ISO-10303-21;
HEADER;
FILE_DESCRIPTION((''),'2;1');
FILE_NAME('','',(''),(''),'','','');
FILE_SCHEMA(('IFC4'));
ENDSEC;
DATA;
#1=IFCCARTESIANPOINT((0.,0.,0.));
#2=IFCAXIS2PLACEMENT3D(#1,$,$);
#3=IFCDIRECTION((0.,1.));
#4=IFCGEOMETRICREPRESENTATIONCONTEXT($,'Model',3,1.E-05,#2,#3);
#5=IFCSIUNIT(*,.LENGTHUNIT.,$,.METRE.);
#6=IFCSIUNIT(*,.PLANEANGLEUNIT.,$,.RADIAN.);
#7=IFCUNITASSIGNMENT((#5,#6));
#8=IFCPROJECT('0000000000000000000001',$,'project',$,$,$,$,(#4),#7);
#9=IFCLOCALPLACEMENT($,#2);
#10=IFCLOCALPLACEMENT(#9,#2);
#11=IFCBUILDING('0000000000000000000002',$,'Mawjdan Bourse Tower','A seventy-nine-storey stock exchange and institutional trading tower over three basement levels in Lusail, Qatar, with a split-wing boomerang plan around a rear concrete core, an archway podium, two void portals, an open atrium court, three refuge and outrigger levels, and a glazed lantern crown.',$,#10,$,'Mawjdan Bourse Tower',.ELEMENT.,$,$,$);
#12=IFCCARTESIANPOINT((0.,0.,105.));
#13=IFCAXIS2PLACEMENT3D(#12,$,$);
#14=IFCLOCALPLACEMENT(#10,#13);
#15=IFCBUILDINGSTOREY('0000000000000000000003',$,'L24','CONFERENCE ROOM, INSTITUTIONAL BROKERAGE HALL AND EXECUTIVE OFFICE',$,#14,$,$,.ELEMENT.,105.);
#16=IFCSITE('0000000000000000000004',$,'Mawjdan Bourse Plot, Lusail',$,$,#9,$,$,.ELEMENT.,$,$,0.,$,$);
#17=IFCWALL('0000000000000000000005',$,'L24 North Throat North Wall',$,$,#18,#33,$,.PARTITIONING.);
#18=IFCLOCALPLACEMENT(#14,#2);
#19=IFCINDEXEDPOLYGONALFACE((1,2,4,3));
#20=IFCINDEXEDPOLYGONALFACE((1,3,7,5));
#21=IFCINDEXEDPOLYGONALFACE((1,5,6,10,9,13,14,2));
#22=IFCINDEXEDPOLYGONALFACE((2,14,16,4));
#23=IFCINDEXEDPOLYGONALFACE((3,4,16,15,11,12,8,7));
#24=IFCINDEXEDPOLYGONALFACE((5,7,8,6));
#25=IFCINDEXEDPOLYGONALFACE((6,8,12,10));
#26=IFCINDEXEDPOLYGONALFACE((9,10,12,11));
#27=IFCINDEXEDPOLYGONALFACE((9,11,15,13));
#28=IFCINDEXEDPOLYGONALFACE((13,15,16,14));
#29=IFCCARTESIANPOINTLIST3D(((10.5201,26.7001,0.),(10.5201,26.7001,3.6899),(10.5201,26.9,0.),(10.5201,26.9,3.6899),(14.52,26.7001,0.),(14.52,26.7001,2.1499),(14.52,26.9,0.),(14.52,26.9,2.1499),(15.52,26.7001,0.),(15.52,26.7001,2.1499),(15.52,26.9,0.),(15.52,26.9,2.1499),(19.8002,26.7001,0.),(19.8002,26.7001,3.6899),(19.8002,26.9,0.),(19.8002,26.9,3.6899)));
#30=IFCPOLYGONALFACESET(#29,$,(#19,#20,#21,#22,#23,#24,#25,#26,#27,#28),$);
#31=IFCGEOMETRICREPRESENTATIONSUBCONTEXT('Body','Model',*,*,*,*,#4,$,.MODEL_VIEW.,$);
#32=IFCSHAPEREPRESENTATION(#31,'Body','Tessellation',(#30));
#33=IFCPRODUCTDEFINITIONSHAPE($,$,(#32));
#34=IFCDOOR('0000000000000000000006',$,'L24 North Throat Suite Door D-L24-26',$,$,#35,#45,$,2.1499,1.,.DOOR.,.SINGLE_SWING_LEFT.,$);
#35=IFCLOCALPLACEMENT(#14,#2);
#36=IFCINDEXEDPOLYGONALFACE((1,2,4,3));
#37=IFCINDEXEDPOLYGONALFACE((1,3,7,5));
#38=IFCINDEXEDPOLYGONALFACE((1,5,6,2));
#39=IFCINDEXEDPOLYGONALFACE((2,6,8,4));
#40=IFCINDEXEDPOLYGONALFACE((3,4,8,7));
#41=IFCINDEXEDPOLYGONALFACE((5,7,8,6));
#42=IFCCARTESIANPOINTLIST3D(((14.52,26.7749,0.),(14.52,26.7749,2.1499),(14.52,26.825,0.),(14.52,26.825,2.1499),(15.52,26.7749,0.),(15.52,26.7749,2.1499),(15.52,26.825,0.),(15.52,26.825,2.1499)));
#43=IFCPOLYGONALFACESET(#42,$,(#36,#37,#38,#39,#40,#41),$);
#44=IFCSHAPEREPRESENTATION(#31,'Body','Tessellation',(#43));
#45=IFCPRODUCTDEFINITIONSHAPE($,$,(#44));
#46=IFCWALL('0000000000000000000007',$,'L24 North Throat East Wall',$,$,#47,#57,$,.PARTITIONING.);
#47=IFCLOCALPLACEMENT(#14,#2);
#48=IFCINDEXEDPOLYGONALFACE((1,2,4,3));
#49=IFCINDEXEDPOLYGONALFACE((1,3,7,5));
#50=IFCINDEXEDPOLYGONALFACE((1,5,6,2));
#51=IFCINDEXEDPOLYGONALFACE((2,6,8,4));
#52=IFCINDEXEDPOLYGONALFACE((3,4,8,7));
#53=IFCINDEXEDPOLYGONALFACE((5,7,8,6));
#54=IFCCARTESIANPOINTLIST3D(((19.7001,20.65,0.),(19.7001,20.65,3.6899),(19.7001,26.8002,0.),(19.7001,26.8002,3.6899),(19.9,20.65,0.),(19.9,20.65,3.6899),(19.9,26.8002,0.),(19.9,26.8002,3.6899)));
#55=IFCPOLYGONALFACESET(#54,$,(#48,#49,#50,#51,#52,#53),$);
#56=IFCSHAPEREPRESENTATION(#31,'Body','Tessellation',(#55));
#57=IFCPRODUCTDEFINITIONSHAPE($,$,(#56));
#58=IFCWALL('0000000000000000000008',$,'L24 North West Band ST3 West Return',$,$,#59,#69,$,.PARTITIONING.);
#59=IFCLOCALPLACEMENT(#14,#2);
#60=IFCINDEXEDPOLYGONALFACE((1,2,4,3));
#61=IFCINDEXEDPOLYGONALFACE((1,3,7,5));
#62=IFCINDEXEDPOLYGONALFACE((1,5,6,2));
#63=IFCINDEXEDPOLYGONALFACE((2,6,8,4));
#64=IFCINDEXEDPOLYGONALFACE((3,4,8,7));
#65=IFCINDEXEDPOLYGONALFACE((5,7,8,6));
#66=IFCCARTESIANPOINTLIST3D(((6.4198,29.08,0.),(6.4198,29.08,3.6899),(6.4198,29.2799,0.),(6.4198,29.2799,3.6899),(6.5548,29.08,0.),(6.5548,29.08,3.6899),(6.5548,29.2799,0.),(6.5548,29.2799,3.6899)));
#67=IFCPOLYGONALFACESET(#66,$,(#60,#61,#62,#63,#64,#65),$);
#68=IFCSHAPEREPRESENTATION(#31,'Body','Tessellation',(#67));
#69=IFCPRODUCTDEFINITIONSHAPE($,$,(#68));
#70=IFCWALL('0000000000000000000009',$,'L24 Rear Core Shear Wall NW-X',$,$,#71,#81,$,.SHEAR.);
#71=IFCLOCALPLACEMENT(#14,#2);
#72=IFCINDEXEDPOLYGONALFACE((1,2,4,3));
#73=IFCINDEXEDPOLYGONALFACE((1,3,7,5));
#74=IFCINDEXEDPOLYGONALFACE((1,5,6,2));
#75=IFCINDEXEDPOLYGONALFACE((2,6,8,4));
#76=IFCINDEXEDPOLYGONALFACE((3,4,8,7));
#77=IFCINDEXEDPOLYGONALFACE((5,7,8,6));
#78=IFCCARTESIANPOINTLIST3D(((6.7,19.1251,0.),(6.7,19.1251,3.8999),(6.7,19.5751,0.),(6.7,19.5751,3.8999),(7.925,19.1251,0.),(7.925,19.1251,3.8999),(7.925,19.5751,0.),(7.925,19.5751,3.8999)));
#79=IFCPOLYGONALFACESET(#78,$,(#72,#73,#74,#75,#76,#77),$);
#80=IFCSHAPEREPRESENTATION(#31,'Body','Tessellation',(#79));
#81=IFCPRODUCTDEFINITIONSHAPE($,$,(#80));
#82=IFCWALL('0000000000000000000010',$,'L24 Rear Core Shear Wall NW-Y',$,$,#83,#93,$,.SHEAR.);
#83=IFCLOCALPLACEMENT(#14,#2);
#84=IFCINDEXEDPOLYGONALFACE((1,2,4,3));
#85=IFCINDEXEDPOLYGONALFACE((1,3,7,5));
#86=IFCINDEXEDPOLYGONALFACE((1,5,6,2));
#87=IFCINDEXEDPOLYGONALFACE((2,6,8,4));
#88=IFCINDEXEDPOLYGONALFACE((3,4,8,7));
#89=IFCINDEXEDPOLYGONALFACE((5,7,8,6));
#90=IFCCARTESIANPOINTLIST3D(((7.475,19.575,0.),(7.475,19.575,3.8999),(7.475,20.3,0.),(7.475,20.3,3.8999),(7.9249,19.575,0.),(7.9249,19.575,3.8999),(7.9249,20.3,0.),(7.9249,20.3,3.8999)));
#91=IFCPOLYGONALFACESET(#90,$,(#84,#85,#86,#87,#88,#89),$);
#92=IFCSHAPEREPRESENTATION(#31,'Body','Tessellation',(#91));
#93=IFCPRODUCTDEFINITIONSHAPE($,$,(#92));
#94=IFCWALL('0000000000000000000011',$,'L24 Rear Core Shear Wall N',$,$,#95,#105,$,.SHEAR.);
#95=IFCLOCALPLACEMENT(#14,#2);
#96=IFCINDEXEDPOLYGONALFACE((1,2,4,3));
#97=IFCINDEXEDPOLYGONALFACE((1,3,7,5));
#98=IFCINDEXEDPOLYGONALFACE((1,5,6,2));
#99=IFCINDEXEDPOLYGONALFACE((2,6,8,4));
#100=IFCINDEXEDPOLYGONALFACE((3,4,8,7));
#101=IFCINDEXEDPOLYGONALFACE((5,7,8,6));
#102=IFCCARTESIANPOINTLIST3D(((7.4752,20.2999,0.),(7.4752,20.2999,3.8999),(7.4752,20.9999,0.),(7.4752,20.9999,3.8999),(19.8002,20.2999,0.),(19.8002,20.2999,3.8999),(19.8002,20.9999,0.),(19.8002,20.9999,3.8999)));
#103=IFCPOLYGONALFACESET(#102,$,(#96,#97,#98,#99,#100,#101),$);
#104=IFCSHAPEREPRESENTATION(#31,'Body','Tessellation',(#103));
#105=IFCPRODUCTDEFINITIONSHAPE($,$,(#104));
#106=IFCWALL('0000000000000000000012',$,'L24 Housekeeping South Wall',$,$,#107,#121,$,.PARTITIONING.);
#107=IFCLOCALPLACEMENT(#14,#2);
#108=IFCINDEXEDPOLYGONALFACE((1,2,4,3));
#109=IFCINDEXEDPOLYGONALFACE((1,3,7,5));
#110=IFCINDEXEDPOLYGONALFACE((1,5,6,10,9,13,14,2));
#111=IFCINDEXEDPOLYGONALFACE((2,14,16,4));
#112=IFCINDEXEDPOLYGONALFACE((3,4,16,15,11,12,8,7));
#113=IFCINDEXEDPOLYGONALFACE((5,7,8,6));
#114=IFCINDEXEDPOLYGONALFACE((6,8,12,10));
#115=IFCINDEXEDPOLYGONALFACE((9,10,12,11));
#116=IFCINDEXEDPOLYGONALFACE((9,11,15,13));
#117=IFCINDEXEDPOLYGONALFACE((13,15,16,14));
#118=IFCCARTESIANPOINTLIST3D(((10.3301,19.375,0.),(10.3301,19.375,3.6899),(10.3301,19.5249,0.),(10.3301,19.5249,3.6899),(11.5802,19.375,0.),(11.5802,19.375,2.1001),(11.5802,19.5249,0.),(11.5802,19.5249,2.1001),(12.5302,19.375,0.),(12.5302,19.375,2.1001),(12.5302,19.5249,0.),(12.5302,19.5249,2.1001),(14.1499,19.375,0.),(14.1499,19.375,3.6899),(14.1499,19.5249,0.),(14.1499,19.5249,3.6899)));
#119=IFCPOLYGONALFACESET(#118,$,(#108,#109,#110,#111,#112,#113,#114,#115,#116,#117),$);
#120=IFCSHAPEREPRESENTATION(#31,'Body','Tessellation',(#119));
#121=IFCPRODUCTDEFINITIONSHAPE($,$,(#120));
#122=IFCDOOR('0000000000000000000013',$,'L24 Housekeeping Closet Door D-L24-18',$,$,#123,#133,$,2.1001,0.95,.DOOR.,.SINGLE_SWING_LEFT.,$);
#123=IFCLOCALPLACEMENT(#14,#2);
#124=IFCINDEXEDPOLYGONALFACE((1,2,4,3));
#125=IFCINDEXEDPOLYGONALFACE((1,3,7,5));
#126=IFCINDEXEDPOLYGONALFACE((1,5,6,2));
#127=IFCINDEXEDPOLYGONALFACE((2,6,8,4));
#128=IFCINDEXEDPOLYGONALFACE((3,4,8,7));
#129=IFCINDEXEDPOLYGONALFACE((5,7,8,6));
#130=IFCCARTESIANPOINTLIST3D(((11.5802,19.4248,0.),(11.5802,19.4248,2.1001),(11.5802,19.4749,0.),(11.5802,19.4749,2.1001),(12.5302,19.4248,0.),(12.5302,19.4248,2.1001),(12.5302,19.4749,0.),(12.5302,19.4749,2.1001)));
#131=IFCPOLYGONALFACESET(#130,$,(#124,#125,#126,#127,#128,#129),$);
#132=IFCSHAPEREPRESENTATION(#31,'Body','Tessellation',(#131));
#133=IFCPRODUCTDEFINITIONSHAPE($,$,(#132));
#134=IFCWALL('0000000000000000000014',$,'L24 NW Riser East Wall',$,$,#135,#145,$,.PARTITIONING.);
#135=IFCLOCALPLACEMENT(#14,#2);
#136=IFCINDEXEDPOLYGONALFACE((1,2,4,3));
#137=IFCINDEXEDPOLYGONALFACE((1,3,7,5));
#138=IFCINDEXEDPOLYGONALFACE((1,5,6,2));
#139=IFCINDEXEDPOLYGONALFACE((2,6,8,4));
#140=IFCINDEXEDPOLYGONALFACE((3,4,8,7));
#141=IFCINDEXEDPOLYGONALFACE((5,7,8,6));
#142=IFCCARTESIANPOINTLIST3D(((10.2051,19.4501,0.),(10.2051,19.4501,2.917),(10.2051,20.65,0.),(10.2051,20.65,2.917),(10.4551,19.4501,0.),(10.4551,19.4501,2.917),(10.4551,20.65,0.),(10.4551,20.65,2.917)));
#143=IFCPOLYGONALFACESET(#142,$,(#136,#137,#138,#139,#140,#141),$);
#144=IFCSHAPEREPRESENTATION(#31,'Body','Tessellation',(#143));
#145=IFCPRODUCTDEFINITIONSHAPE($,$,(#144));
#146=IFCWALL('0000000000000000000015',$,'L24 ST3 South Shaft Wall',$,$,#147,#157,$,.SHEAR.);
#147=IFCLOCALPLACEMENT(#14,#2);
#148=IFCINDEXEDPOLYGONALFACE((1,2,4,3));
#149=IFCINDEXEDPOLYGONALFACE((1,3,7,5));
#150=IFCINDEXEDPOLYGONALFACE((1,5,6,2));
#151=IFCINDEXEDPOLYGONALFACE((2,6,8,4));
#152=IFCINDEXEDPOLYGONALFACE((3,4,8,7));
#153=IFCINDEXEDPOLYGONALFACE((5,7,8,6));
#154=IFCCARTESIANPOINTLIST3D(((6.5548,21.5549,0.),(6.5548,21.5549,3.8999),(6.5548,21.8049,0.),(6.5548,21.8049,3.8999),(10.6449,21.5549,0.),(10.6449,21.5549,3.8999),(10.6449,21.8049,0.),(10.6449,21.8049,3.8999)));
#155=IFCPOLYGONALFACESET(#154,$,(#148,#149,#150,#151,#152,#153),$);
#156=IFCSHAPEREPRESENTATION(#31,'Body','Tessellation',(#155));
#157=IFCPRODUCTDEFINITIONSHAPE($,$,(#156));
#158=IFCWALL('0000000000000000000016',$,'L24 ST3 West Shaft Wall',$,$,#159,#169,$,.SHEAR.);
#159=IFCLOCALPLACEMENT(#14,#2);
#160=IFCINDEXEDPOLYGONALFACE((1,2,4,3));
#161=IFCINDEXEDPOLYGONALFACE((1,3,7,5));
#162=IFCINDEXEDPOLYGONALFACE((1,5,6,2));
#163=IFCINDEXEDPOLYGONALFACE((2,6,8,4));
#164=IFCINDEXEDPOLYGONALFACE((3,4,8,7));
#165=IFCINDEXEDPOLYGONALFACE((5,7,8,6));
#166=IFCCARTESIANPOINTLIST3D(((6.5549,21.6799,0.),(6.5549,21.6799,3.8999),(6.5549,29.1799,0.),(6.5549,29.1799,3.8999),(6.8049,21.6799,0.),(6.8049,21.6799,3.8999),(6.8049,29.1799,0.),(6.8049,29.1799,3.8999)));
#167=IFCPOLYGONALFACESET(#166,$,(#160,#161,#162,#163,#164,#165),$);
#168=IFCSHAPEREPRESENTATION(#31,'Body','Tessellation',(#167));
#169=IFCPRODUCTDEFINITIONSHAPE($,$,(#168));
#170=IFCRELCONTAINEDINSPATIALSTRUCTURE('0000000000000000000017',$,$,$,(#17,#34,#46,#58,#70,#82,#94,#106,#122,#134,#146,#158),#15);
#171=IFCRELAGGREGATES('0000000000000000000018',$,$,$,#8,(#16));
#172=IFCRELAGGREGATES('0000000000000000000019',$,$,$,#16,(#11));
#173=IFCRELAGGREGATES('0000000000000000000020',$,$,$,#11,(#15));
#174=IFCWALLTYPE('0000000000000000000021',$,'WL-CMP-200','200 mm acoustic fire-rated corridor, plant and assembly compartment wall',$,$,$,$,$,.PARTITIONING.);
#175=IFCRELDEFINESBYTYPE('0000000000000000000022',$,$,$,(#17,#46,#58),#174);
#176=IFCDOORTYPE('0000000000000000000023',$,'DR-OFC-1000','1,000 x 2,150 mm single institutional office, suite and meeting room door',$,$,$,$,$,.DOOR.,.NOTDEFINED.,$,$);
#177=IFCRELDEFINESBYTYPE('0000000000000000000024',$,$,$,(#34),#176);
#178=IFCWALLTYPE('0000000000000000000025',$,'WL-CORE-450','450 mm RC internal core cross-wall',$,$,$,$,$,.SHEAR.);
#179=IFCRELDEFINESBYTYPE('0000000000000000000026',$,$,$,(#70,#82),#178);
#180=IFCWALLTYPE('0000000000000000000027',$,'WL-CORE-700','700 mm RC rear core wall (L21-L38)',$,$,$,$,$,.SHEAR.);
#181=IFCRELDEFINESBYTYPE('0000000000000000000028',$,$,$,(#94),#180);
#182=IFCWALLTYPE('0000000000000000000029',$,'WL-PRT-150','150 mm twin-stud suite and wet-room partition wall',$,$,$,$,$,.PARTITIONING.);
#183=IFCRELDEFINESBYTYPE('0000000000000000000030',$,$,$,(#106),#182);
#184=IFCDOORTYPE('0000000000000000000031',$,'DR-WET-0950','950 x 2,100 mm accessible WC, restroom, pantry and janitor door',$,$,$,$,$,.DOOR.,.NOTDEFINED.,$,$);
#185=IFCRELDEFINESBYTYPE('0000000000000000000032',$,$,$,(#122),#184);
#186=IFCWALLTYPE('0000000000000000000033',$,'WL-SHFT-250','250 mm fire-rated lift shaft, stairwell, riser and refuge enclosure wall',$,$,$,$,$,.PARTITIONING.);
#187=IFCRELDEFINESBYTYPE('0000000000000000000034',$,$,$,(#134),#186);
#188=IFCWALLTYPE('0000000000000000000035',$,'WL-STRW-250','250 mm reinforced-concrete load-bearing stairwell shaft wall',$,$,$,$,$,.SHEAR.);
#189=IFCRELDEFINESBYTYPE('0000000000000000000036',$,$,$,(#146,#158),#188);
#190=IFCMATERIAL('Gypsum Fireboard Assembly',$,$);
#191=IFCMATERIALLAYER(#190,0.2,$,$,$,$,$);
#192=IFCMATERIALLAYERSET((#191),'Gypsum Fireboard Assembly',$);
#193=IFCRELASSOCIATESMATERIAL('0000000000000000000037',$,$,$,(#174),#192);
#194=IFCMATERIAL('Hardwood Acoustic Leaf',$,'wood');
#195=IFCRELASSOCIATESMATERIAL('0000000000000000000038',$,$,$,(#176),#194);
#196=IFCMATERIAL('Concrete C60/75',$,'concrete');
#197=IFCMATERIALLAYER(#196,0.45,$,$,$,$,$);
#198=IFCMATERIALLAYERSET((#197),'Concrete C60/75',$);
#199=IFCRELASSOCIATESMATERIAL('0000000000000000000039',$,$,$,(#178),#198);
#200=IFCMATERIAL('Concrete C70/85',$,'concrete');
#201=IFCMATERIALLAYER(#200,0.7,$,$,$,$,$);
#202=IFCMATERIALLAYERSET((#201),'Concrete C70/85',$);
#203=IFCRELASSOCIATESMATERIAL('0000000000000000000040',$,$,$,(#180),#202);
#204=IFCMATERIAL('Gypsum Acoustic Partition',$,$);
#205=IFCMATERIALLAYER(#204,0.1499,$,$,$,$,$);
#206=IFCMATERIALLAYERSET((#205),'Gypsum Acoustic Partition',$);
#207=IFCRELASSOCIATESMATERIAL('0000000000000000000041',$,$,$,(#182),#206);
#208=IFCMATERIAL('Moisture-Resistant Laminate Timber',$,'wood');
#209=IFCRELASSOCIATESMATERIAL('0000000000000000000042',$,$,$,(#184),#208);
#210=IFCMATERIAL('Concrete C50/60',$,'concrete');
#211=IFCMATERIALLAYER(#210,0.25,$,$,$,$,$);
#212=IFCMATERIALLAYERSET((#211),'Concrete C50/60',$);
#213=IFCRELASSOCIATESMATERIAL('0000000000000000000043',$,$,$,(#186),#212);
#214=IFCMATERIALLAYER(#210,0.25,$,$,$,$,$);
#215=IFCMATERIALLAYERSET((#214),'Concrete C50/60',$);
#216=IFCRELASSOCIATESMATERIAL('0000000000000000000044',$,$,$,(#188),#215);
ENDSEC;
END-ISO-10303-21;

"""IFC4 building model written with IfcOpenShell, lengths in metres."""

from ifc_helpers import new_model, si_unit, direction, frame, frame_2d, origin, place, context, subcontext, project, spatial, rectangle, extrude, material, layer, layer_set, type_object, element, fill, save


model = new_model("IFC4")

# Units and contexts
model_context = context("Model", 3, precision=1e-05, world=origin(), true_north=direction((0.0, 1.0)))
body_context = subcontext(model_context, "Body", "Model", "MODEL_VIEW")
ifc_project = project(units=[si_unit("LENGTHUNIT", "METRE"), si_unit("PLANEANGLEUNIT", "RADIAN")], contexts=[model_context])

# Site, building, storey
site_placement = place(None, origin())
site = spatial("IfcSite", under=ifc_project, at=site_placement, Name="Mawjdan Bourse Plot, Lusail", CompositionType="ELEMENT", RefElevation=0.0)
building_placement = place(site_placement, origin())
building = spatial("IfcBuilding", under=site, at=building_placement, Name="Mawjdan Bourse Tower", Description="A seventy-nine-storey stock exchange and institutional trading tower over three basement levels in Lusail, Qatar, with a split-wing boomerang plan around a rear concrete core, an archway podium, two void portals, an open atrium court, three refuge and outrigger levels, and a glazed lantern crown.", LongName="Mawjdan Bourse Tower", CompositionType="ELEMENT")
storey_placement = place(building_placement, frame((0.0, 0.0, 105.0)))
storey = spatial("IfcBuildingStorey", under=building, at=storey_placement, Name="L24", Description="CONFERENCE ROOM, INSTITUTIONAL BROKERAGE HALL AND EXECUTIVE OFFICE", CompositionType="ELEMENT", Elevation=105.0)

# Shared definitions
ifc_material_1 = material(Name="Concrete C70/85", Category="concrete")

# Wall, opening, door
ifc_material_2 = material(Name="Gypsum Fireboard Assembly")
ifc_layer_1 = layer(ifc_material_2, 0.2)
ifc_layer_set_1 = layer_set([ifc_layer_1], Name="Gypsum Fireboard Assembly")
wall_type_1 = type_object("IfcWallType", Name="WL-CMP-200", Description="200 mm acoustic fire-rated corridor, plant and assembly compartment wall", PredefinedType="PARTITIONING", material=ifc_layer_set_1)
wall_1_placement = place(storey_placement, frame((10.52, 26.8, 0.0), z_axis=(0.0, 0.0, 1.0), x_axis=(1.0, 0.0, 0.0)))
wall_1 = element("IfcWall", 1, at=wall_1_placement, inside=storey, type_object=wall_type_1, Name="L24 North Throat North Wall", PredefinedType="PARTITIONING", context=body_context, shape_type="SweptSolid", body=[
    extrude(rectangle(XDim=9.28, YDim=0.2, at=frame_2d((4.6401, 0.0))), origin(), (0.0, 0.0, 1.0), 3.6899),
])
opening_1_placement = place(wall_1_placement, frame((4.0, 0.0, 0.0)))
opening_1 = element("IfcOpeningElement", 2, at=opening_1_placement, cuts=wall_1, PredefinedType="OPENING", context=body_context, shape_type="SweptSolid", body=[
    extrude(rectangle(XDim=1.0, YDim=2.1499, at=frame_2d((0.5, 1.075))), frame((0.0, 0.1099, 0.0), z_axis=(0.0, -1.0, 0.0), x_axis=(1.0, 0.0, 0.0)), (0.0, 0.0, 1.0), 0.22),
])
ifc_material_3 = material(Name="Hardwood Acoustic Leaf", Category="wood")
door_type_1 = type_object("IfcDoorType", Name="DR-OFC-1000", Description="1,000 x 2,150 mm single institutional office, suite and meeting room door", OperationType="NOTDEFINED", PredefinedType="DOOR", material=ifc_material_3)
door_1_placement = place(opening_1_placement, origin())
door_1 = element("IfcDoor", 3, at=door_1_placement, inside=storey, type_object=door_type_1, Name="L24 North Throat Suite Door D-L24-26", OperationType="SINGLE_SWING_LEFT", OverallHeight=2.1499, OverallWidth=1.0, PredefinedType="DOOR", context=body_context, shape_type="SweptSolid", body=[
    extrude(rectangle(XDim=1.0, YDim=2.1499, at=frame_2d((0.5, 1.075))), frame((0.0, 0.0249, 0.0), z_axis=(0.0, -1.0, 0.0), x_axis=(1.0, 0.0, 0.0)), (0.0, 0.0, 1.0), 0.05),
])
fill(opening_1, door_1)

# Walls
wall_2_placement = place(storey_placement, frame((19.8, 20.6499, 0.0), z_axis=(0.0, 0.0, 1.0), x_axis=(0.0, 1.0, 0.0)))
element("IfcWall", 4, at=wall_2_placement, inside=storey, type_object=wall_type_1, Name="L24 North Throat East Wall", PredefinedType="PARTITIONING", context=body_context, shape_type="SweptSolid", body=[
    extrude(rectangle(XDim=6.1501, YDim=0.2, at=frame_2d((3.0752, 0.0))), origin(), (0.0, 0.0, 1.0), 3.6899),
])
wall_3_placement = place(storey_placement, frame((6.4199, 29.1799, 0.0), z_axis=(0.0, 0.0, 1.0), x_axis=(1.0, 0.0, 0.0)))
element("IfcWall", 5, at=wall_3_placement, inside=storey, type_object=wall_type_1, Name="L24 North West Band ST3 West Return", PredefinedType="PARTITIONING", context=body_context, shape_type="SweptSolid", body=[
    extrude(rectangle(XDim=0.135, YDim=0.2, at=frame_2d((0.0674, 0.0))), origin(), (0.0, 0.0, 1.0), 3.6899),
])
ifc_material_4 = material(Name="Concrete C60/75", Category="concrete")
ifc_layer_2 = layer(ifc_material_4, 0.45)
ifc_layer_set_2 = layer_set([ifc_layer_2], Name="Concrete C60/75")
wall_type_2 = type_object("IfcWallType", Name="WL-CORE-450", Description="450 mm RC internal core cross-wall", PredefinedType="SHEAR", material=ifc_layer_set_2)
wall_4_placement = place(storey_placement, frame((6.7, 19.3501, 0.0), z_axis=(0.0, 0.0, 1.0), x_axis=(1.0, 0.0, 0.0)))
element("IfcWall", 6, at=wall_4_placement, inside=storey, type_object=wall_type_2, Name="L24 Rear Core Shear Wall NW-X", PredefinedType="SHEAR", context=body_context, shape_type="SweptSolid", body=[
    extrude(rectangle(XDim=1.2251, YDim=0.45, at=frame_2d((0.6125, 0.0))), origin(), (0.0, 0.0, 1.0), 3.8999),
])
wall_5_placement = place(storey_placement, frame((7.7, 19.575, 0.0), z_axis=(0.0, 0.0, 1.0), x_axis=(0.0, 1.0, 0.0)))
element("IfcWall", 7, at=wall_5_placement, inside=storey, type_object=wall_type_2, Name="L24 Rear Core Shear Wall NW-Y", PredefinedType="SHEAR", context=body_context, shape_type="SweptSolid", body=[
    extrude(rectangle(XDim=0.7251, YDim=0.45, at=frame_2d((0.3625, 0.0))), origin(), (0.0, 0.0, 1.0), 3.8999),
])
ifc_layer_3 = layer(ifc_material_1, 0.7)
ifc_layer_set_3 = layer_set([ifc_layer_3], Name="Concrete C70/85")
wall_type_3 = type_object("IfcWallType", Name="WL-CORE-700", Description="700 mm RC rear core wall (L21-L38)", PredefinedType="SHEAR", material=ifc_layer_set_3)
wall_6_placement = place(storey_placement, frame((7.4751, 20.6499, 0.0), z_axis=(0.0, 0.0, 1.0), x_axis=(1.0, 0.0, 0.0)))
element("IfcWall", 8, at=wall_6_placement, inside=storey, type_object=wall_type_3, Name="L24 Rear Core Shear Wall N", PredefinedType="SHEAR", context=body_context, shape_type="SweptSolid", body=[
    extrude(rectangle(XDim=12.325, YDim=0.7, at=frame_2d((6.1626, 0.0))), origin(), (0.0, 0.0, 1.0), 3.8999),
])

# Wall, opening, door
ifc_material_5 = material(Name="Gypsum Acoustic Partition")
ifc_layer_4 = layer(ifc_material_5, 0.1499)
ifc_layer_set_4 = layer_set([ifc_layer_4], Name="Gypsum Acoustic Partition")
wall_type_4 = type_object("IfcWallType", Name="WL-PRT-150", Description="150 mm twin-stud suite and wet-room partition wall", PredefinedType="PARTITIONING", material=ifc_layer_set_4)
wall_7_placement = place(storey_placement, frame((10.3301, 19.45, 0.0), z_axis=(0.0, 0.0, 1.0), x_axis=(1.0, 0.0, 0.0)))
wall_7 = element("IfcWall", 9, at=wall_7_placement, inside=storey, type_object=wall_type_4, Name="L24 Housekeeping South Wall", PredefinedType="PARTITIONING", context=body_context, shape_type="SweptSolid", body=[
    extrude(rectangle(XDim=3.8198, YDim=0.1499, at=frame_2d((1.9099, 0.0))), origin(), (0.0, 0.0, 1.0), 3.6899),
])
opening_2_placement = place(wall_7_placement, frame((1.25, 0.0, 0.0)))
opening_2 = element("IfcOpeningElement", 10, at=opening_2_placement, cuts=wall_7, PredefinedType="OPENING", context=body_context, shape_type="SweptSolid", body=[
    extrude(rectangle(XDim=0.95, YDim=2.1001, at=frame_2d((0.4751, 1.05))), frame((0.0, 0.085, 0.0), z_axis=(0.0, -1.0, 0.0), x_axis=(1.0, 0.0, 0.0)), (0.0, 0.0, 1.0), 0.1699),
])
ifc_material_6 = material(Name="Moisture-Resistant Laminate Timber", Category="wood")
door_type_2 = type_object("IfcDoorType", Name="DR-WET-0950", Description="950 x 2,100 mm accessible WC, restroom, pantry and janitor door", OperationType="NOTDEFINED", PredefinedType="DOOR", material=ifc_material_6)
door_2_placement = place(opening_2_placement, origin())
door_2 = element("IfcDoor", 11, at=door_2_placement, inside=storey, type_object=door_type_2, Name="L24 Housekeeping Closet Door D-L24-18", OperationType="SINGLE_SWING_LEFT", OverallHeight=2.1001, OverallWidth=0.95, PredefinedType="DOOR", context=body_context, shape_type="SweptSolid", body=[
    extrude(rectangle(XDim=0.95, YDim=2.1001, at=frame_2d((0.4751, 1.05))), frame((0.0, 0.0249, 0.0), z_axis=(0.0, -1.0, 0.0), x_axis=(1.0, 0.0, 0.0)), (0.0, 0.0, 1.0), 0.05),
])
fill(opening_2, door_2)

# Walls
ifc_material_7 = material(Name="Concrete C50/60", Category="concrete")
ifc_layer_5 = layer(ifc_material_7, 0.25)
ifc_layer_set_5 = layer_set([ifc_layer_5], Name="Concrete C50/60")
wall_type_5 = type_object("IfcWallType", Name="WL-SHFT-250", Description="250 mm fire-rated lift shaft, stairwell, riser and refuge enclosure wall", PredefinedType="PARTITIONING", material=ifc_layer_set_5)
wall_8_placement = place(storey_placement, frame((10.3301, 19.45, 0.0), z_axis=(0.0, 0.0, 1.0), x_axis=(0.0, 1.0, 0.0)))
element("IfcWall", 12, at=wall_8_placement, inside=storey, type_object=wall_type_5, Name="L24 NW Riser East Wall", PredefinedType="PARTITIONING", context=body_context, shape_type="SweptSolid", body=[
    extrude(rectangle(XDim=1.2, YDim=0.25, at=frame_2d((0.6001, 0.0))), origin(), (0.0, 0.0, 1.0), 2.917),
])
ifc_layer_6 = layer(ifc_material_7, 0.25)
ifc_layer_set_6 = layer_set([ifc_layer_6], Name="Concrete C50/60")
wall_type_6 = type_object("IfcWallType", Name="WL-STRW-250", Description="250 mm reinforced-concrete load-bearing stairwell shaft wall", PredefinedType="SHEAR", material=ifc_layer_set_6)
wall_9_placement = place(storey_placement, frame((6.5549, 21.6799, 0.0), z_axis=(0.0, 0.0, 1.0), x_axis=(1.0, 0.0, 0.0)))
element("IfcWall", 13, at=wall_9_placement, inside=storey, type_object=wall_type_6, Name="L24 ST3 South Shaft Wall", PredefinedType="SHEAR", context=body_context, shape_type="SweptSolid", body=[
    extrude(rectangle(XDim=4.0901, YDim=0.25, at=frame_2d((2.0449, 0.0))), origin(), (0.0, 0.0, 1.0), 3.8999),
])
wall_10_placement = place(storey_placement, frame((6.6799, 21.6799, 0.0), z_axis=(0.0, 0.0, 1.0), x_axis=(0.0, 1.0, 0.0)))
element("IfcWall", 14, at=wall_10_placement, inside=storey, type_object=wall_type_6, Name="L24 ST3 West Shaft Wall", PredefinedType="SHEAR", context=body_context, shape_type="SweptSolid", body=[
    extrude(rectangle(XDim=7.5, YDim=0.25, at=frame_2d((3.75, 0.0))), origin(), (0.0, 0.0, 1.0), 3.8999),
])

save(model, "model.ifc")
